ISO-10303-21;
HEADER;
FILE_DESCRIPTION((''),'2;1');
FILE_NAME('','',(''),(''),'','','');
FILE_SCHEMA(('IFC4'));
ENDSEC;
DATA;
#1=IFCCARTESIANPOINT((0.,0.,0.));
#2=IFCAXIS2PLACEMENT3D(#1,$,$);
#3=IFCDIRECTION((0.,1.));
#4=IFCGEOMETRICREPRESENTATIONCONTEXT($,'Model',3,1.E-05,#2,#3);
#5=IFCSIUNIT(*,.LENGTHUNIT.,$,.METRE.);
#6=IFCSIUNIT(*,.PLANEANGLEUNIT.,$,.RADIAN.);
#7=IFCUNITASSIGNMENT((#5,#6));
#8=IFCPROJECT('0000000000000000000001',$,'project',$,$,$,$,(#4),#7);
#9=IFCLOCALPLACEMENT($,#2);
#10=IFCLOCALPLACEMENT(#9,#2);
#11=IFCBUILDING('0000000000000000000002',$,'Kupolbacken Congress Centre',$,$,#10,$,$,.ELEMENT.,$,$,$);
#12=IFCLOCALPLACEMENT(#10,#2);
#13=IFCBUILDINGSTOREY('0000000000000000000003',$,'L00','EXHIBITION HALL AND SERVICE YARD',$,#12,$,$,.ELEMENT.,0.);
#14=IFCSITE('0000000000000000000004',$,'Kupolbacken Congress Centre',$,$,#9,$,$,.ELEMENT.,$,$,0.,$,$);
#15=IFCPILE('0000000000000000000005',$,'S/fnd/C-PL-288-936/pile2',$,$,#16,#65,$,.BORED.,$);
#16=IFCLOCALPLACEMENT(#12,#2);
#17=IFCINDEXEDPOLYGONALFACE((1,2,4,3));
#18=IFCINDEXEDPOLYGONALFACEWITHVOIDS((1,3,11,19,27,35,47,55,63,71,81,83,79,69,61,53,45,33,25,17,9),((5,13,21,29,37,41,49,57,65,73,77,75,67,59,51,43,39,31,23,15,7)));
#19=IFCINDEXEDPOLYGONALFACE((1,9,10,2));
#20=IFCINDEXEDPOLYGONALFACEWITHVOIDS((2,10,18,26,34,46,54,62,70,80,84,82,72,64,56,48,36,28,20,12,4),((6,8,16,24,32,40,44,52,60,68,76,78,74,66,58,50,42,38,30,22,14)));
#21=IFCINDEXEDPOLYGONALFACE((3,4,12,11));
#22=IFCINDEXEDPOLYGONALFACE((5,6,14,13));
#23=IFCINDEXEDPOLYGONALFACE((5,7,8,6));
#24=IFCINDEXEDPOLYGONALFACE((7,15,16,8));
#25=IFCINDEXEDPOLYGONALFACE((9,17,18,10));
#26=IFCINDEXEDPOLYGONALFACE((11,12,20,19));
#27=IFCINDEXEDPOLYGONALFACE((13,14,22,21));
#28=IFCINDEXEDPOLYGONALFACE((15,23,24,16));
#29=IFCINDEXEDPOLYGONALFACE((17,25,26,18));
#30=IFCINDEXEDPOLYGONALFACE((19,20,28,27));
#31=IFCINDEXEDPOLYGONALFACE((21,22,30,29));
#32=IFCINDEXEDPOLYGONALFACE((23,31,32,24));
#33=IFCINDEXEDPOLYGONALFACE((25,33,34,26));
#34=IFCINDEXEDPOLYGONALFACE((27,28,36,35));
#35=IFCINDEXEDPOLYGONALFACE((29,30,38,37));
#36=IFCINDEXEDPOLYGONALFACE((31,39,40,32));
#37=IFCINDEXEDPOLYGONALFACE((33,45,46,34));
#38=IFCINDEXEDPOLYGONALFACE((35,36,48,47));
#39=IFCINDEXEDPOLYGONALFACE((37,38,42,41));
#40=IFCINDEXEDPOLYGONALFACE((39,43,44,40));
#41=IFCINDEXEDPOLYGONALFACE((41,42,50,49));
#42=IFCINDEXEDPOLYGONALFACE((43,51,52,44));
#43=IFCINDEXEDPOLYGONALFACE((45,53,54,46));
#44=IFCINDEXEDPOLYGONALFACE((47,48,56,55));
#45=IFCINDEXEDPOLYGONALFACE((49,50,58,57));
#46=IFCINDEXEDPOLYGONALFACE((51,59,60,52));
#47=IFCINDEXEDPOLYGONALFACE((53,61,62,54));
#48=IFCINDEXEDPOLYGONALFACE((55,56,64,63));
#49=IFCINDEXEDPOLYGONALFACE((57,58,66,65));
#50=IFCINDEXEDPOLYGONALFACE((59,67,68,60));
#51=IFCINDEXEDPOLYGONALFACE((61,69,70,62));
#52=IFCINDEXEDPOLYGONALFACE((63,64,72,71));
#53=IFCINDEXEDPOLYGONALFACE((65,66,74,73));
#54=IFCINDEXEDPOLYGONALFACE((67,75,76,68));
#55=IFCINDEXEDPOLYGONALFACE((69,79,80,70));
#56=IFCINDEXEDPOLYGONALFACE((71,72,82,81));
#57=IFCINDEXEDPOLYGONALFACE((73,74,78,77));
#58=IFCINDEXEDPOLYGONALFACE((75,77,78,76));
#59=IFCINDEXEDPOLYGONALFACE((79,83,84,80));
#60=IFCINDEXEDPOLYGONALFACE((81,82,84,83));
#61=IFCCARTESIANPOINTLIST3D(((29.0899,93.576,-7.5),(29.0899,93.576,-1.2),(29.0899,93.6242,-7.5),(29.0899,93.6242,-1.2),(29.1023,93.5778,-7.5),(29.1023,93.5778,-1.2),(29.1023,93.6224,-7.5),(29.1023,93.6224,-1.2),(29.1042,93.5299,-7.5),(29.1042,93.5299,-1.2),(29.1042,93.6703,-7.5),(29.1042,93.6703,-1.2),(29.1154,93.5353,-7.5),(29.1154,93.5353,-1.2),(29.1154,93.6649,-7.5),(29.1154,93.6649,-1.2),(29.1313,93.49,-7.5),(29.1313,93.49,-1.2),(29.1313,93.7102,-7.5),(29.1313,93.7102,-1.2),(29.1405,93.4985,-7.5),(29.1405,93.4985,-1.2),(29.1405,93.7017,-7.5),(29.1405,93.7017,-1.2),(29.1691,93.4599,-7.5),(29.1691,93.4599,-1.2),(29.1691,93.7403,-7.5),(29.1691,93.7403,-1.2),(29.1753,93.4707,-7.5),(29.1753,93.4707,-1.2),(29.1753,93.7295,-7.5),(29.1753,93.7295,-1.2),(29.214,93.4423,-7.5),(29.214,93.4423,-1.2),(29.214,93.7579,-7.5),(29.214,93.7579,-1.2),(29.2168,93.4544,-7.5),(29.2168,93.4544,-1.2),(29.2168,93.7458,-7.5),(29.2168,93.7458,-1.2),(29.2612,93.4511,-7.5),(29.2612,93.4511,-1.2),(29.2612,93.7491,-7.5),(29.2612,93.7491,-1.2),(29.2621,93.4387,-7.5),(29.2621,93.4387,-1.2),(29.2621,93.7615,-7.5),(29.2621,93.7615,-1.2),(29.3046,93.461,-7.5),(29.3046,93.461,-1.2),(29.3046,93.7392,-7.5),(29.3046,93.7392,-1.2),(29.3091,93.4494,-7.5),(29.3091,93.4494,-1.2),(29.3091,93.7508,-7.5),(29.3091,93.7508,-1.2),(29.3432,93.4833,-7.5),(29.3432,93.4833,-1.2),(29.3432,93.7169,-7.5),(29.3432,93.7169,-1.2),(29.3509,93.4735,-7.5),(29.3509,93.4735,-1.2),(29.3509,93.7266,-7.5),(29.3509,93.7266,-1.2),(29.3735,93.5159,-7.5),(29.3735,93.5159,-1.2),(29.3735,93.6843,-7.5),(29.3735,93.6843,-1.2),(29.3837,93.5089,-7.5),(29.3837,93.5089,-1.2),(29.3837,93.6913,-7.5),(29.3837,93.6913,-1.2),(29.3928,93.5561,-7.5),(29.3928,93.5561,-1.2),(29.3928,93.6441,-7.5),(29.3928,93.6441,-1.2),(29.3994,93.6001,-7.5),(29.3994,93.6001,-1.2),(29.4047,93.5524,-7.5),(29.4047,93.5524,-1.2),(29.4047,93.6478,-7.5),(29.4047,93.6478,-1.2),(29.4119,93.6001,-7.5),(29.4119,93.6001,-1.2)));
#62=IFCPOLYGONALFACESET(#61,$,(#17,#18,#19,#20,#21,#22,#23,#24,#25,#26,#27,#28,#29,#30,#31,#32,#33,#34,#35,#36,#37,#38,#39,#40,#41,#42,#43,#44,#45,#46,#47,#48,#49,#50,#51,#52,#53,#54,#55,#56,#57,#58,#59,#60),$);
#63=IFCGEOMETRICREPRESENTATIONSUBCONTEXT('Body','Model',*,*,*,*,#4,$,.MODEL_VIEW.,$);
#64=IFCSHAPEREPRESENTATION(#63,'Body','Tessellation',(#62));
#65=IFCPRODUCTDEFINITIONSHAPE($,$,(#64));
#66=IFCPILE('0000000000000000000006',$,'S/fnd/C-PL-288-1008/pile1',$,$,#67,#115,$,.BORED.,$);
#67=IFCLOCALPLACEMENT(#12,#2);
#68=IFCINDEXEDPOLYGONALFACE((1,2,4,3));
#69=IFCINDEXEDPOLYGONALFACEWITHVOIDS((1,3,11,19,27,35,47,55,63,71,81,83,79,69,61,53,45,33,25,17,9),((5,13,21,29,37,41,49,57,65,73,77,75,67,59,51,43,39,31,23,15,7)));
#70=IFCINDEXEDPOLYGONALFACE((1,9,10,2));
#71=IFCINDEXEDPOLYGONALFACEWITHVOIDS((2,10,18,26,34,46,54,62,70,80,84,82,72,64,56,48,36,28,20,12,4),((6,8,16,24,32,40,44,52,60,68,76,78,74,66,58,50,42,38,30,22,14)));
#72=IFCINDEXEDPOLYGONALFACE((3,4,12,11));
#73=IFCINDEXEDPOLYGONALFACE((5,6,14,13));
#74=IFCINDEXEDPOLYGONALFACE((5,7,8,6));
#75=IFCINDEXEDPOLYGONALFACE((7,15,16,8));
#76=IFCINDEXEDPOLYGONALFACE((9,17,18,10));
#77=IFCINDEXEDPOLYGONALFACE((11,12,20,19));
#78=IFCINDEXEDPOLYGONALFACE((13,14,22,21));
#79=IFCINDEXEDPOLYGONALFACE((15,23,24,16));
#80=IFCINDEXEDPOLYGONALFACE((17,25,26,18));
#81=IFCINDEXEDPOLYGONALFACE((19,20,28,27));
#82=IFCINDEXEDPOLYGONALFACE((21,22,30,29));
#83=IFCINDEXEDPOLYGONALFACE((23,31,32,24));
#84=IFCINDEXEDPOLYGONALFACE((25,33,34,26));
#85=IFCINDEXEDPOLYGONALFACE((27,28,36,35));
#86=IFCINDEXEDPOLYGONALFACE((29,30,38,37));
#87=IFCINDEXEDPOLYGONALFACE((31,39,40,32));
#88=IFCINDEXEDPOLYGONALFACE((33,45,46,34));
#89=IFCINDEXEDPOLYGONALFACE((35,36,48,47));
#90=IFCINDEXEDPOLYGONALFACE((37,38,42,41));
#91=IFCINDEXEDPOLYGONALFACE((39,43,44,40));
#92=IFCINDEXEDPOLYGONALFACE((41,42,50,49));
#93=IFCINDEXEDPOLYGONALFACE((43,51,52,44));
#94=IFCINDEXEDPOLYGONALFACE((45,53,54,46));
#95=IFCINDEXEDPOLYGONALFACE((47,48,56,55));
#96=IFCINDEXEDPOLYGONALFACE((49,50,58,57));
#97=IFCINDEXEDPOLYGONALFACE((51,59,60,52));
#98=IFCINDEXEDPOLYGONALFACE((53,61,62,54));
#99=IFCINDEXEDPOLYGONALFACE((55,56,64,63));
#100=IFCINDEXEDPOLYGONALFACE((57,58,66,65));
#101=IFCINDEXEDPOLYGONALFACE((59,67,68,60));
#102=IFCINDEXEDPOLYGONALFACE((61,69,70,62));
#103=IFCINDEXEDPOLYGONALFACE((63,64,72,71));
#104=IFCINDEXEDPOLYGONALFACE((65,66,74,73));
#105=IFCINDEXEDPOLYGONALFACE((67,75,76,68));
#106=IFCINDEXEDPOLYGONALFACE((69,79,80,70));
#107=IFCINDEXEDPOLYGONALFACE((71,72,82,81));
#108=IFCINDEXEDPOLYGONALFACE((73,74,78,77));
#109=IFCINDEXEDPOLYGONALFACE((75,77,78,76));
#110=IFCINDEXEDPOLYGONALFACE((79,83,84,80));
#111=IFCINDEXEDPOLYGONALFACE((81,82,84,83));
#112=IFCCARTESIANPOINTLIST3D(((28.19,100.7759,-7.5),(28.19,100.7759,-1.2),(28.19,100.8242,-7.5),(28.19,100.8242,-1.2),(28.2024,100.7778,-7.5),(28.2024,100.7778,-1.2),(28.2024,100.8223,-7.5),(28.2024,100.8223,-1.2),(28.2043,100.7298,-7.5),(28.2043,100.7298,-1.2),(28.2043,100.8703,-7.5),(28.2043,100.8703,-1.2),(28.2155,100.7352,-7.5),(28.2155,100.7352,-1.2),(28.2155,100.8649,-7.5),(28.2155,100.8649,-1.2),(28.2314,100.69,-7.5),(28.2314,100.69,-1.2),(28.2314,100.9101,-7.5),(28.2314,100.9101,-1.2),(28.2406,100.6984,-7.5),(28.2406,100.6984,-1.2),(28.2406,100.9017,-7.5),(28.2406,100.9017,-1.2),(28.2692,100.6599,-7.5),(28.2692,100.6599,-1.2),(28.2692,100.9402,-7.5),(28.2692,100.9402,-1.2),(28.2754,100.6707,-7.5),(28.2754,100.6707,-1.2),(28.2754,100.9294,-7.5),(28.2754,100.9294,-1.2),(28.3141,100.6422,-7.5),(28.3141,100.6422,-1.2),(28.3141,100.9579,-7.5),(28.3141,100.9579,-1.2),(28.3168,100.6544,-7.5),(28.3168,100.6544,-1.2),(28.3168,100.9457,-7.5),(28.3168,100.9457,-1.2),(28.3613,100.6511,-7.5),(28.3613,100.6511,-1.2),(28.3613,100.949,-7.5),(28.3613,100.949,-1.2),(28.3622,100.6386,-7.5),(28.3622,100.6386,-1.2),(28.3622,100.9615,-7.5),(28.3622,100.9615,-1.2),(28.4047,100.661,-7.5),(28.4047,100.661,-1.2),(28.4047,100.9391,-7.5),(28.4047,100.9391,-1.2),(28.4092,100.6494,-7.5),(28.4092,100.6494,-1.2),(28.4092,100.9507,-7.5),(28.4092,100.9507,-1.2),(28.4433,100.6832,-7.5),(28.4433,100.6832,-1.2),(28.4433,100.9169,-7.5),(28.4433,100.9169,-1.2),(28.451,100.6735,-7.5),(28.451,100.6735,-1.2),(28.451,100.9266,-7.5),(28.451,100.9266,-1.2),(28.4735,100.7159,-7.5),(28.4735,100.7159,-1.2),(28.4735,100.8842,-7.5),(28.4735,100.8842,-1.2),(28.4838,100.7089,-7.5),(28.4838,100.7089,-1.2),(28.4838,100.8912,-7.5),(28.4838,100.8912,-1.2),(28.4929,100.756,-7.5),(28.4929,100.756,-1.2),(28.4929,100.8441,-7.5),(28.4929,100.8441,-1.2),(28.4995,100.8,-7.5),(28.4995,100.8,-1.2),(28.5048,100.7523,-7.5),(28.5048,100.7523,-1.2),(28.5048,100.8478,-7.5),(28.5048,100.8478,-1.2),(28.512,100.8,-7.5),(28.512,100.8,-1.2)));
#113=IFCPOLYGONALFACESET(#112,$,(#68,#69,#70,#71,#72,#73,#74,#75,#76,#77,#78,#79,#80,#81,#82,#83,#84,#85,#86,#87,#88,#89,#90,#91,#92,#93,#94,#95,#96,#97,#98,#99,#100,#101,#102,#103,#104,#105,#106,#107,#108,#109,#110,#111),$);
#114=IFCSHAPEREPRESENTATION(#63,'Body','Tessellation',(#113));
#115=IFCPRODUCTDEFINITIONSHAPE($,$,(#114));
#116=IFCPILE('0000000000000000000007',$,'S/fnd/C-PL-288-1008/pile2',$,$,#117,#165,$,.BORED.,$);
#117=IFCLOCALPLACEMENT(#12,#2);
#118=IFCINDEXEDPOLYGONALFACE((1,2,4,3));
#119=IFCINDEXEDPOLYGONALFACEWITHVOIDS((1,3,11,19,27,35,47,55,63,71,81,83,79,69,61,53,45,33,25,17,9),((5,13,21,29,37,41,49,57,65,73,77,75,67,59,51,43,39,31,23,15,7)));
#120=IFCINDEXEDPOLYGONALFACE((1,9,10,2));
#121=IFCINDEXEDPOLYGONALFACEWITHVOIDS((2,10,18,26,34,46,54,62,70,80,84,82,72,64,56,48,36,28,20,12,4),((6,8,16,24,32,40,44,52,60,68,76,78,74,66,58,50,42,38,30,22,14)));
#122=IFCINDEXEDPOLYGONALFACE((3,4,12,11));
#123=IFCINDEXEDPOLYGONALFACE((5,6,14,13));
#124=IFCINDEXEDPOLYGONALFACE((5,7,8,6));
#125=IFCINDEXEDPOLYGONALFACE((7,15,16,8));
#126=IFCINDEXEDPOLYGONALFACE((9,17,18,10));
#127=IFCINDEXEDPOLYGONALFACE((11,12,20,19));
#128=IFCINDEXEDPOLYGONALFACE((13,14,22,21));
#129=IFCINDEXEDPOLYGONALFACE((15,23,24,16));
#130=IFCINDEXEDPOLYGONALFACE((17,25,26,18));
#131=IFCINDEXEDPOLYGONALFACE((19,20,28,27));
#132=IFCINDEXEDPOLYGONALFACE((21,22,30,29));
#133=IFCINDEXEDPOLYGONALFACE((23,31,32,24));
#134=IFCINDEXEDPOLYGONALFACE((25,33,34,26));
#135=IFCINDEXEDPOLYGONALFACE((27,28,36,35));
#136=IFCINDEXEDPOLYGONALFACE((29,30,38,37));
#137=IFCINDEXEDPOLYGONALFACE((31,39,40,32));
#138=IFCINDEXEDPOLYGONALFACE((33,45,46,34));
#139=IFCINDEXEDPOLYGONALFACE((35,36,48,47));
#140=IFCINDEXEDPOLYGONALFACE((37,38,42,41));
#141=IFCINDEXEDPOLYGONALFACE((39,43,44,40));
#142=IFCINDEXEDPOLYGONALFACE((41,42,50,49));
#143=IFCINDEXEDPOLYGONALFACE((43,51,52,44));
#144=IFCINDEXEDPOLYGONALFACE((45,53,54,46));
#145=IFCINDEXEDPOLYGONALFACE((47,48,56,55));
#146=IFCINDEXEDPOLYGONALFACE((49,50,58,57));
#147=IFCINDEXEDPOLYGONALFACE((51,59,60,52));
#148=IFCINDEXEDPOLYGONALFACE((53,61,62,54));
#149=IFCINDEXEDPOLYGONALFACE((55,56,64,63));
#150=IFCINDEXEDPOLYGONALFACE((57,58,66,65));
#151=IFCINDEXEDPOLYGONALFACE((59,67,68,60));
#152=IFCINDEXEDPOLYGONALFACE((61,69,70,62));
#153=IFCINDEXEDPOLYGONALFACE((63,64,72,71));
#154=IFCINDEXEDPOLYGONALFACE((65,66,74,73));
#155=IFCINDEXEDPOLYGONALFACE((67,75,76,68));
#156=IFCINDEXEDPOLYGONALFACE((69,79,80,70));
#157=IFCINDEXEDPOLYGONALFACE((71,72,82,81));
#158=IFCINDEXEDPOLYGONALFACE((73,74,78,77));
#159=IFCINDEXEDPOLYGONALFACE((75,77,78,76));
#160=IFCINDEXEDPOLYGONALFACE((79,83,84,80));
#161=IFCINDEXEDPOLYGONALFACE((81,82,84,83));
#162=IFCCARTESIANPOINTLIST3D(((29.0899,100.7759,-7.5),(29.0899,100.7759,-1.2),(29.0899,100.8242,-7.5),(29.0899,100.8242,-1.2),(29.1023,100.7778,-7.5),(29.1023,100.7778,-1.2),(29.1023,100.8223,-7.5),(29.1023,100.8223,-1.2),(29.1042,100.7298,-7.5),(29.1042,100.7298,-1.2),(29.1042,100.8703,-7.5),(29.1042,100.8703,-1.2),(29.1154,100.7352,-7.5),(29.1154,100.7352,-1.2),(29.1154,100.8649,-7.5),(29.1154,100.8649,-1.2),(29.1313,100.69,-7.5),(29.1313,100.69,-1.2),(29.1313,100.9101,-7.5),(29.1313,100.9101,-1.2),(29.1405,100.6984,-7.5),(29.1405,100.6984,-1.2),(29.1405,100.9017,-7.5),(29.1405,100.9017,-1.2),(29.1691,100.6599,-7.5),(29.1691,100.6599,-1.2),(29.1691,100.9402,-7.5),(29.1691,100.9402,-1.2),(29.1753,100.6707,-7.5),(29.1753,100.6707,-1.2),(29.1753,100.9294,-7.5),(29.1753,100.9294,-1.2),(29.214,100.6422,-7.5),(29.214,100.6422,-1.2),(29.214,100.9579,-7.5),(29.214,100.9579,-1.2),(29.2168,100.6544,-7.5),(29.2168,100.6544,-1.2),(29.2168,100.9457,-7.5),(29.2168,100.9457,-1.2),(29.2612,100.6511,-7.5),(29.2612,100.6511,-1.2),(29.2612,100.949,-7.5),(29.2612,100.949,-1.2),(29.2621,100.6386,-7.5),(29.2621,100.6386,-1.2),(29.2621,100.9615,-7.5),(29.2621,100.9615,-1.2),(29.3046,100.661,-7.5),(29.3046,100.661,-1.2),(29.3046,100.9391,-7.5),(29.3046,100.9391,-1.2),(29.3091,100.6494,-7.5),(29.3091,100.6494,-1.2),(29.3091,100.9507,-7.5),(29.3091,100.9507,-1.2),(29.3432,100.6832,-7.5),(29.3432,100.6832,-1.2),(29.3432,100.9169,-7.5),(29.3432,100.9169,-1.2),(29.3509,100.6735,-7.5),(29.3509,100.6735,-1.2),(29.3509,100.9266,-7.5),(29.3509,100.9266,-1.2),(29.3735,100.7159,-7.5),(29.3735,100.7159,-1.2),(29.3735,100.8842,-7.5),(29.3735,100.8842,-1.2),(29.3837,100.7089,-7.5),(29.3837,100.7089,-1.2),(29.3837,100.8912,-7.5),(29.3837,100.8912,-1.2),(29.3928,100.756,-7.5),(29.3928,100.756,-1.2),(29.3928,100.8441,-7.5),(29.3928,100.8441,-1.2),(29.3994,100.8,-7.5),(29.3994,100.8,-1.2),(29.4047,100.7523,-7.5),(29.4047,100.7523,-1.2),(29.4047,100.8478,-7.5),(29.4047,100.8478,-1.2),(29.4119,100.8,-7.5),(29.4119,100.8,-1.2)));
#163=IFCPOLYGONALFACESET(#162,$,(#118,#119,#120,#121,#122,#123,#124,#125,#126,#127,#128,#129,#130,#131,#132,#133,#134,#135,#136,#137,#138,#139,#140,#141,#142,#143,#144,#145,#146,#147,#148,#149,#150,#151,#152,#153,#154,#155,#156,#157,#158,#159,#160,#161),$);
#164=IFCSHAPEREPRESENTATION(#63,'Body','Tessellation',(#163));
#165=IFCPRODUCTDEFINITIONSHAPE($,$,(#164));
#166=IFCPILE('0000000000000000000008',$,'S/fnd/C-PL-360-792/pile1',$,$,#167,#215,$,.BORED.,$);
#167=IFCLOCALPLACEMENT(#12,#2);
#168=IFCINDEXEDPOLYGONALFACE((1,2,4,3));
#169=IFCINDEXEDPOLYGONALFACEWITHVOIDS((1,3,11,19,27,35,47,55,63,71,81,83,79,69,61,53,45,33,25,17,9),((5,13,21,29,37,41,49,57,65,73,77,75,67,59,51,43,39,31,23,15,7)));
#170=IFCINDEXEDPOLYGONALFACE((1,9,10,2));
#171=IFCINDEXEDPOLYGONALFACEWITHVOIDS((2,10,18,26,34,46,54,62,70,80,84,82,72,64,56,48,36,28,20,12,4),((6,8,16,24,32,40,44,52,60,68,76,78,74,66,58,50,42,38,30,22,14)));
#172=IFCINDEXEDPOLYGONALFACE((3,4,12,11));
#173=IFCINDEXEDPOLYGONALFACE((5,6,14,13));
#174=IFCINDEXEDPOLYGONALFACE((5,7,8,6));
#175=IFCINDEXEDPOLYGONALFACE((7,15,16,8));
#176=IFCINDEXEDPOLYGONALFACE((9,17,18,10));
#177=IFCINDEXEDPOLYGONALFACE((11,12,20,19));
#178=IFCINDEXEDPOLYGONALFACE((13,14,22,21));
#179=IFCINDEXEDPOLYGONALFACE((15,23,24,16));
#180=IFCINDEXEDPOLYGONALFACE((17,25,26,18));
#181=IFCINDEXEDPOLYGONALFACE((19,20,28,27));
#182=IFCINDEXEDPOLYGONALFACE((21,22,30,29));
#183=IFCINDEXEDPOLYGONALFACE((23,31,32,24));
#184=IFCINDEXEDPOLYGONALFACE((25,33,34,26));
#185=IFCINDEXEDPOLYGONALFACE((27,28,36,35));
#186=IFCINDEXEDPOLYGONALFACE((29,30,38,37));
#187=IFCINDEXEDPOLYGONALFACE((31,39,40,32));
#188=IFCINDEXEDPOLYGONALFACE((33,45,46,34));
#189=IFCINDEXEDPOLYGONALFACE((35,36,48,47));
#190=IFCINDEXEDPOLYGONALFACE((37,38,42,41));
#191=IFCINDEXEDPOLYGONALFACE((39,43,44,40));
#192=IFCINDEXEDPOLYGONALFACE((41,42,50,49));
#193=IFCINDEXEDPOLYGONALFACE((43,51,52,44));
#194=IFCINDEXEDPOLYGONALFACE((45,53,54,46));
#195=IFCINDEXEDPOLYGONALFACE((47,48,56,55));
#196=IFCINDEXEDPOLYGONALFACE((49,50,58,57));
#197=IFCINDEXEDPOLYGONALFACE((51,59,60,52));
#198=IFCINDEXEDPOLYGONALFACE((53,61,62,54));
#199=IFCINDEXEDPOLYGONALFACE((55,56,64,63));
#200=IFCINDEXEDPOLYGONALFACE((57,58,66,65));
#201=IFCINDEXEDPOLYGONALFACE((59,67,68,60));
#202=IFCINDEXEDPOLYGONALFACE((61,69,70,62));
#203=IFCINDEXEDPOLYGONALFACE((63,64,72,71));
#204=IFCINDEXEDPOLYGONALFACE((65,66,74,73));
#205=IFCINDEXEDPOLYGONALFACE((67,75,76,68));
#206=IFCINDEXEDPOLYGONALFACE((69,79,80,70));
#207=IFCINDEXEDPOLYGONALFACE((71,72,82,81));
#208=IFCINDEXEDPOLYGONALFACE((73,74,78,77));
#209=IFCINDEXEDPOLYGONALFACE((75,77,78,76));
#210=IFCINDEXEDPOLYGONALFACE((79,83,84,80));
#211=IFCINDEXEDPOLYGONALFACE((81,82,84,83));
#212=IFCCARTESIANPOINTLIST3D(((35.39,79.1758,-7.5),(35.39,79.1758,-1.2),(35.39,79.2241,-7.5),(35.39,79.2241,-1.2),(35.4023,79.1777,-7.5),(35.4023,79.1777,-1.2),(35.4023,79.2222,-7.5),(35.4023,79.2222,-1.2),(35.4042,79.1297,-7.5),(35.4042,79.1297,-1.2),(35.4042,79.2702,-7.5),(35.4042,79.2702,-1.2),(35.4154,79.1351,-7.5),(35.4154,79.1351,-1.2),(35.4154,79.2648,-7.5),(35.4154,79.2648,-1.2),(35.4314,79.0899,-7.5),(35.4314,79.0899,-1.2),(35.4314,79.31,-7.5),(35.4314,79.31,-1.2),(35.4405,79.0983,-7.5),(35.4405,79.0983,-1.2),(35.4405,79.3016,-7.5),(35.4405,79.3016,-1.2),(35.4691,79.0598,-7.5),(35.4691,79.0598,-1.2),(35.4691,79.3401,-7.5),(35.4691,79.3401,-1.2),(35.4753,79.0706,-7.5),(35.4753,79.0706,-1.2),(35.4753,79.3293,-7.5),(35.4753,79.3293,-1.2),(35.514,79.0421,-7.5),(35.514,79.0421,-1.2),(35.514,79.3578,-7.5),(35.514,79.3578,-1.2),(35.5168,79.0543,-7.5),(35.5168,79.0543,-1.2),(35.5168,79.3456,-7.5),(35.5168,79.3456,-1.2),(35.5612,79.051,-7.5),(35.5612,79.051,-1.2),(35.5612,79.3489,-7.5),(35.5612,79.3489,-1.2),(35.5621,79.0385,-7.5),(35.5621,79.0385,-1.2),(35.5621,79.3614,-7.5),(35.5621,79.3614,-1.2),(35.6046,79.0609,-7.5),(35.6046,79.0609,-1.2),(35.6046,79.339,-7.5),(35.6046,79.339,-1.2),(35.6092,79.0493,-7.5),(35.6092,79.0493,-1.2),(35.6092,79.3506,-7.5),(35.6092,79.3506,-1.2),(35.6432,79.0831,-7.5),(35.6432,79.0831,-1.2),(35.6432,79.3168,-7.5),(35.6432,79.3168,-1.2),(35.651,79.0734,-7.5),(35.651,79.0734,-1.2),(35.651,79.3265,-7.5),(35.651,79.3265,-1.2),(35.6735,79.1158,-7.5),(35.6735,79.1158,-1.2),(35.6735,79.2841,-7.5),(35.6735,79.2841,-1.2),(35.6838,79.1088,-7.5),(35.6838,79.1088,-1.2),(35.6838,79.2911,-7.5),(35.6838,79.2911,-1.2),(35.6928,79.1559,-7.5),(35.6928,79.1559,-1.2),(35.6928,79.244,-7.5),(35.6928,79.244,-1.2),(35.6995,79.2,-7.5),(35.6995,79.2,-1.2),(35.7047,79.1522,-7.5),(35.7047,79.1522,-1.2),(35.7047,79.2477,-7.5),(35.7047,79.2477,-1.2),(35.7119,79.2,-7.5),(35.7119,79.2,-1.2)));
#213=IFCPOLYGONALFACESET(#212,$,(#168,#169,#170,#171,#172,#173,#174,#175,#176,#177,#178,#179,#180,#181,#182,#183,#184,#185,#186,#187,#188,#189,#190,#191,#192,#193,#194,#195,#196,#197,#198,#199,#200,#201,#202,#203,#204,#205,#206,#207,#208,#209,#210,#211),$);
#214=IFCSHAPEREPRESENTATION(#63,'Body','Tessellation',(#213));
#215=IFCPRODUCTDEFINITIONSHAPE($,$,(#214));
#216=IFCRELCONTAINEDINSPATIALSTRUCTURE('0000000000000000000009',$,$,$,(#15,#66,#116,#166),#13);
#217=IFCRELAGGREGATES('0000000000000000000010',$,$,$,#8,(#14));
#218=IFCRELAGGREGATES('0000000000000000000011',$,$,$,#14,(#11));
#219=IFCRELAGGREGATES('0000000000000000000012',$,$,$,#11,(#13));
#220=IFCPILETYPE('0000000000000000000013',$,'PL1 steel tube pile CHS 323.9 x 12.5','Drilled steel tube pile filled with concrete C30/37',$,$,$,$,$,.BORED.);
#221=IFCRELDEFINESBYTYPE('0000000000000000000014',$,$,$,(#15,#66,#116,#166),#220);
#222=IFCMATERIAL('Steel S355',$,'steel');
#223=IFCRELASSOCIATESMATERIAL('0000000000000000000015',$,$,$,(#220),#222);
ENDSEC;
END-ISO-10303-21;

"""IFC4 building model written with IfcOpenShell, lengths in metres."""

from ifc_helpers import new_model, si_unit, direction, frame, origin, origin_2d, place, context, subcontext, project, spatial, hollow_circle, extrude, material, material_profile, profile_set, type_object, element, save


model = new_model("IFC4")

# Units and contexts
model_context = context("Model", 3, precision=1e-05, world=origin(), true_north=direction((0.0, 1.0)))
body_context = subcontext(model_context, "Body", "Model", "MODEL_VIEW")
ifc_project = project(units=[si_unit("LENGTHUNIT", "METRE"), si_unit("PLANEANGLEUNIT", "RADIAN")], contexts=[model_context])

# Site, building, storey
site_placement = place(None, origin())
site = spatial("IfcSite", under=ifc_project, at=site_placement, Name="Kupolbacken Congress Centre", CompositionType="ELEMENT", RefElevation=0.0)
building_placement = place(site_placement, origin())
building = spatial("IfcBuilding", under=site, at=building_placement, Name="Kupolbacken Congress Centre", CompositionType="ELEMENT")
storey_placement = place(building_placement, origin())
storey = spatial("IfcBuildingStorey", under=building, at=storey_placement, Name="L00", Description="EXHIBITION HALL AND SERVICE YARD", CompositionType="ELEMENT", Elevation=0.0)

# Piles
ifc_material_1 = material(Name="Steel S355", Category="steel")
ifc_material_profile_1 = material_profile(ifc_material_1, hollow_circle(Radius=0.1619, WallThickness=0.0125, at=origin_2d()), Name="CHS 323.9 x 12.5")
ifc_profile_set_1 = profile_set([ifc_material_profile_1], Name="Steel S355")
pile_type = type_object("IfcPileType", Name="PL1 steel tube pile CHS 323.9 x 12.5", Description="Drilled steel tube pile filled with concrete C30/37", PredefinedType="BORED", material=ifc_profile_set_1)
for number, where, z_axis, x_axis, name in (
    (1, (29.25, 93.6001, -1.2), (0.0, 0.0, -1.0), (1.0, 0.0, 0.0), "S/fnd/C-PL-288-936/pile2"),
    (2, (28.3501, 100.8, -1.2), (0.0, 0.0, -1.0), (1.0, 0.0, 0.0), "S/fnd/C-PL-288-1008/pile1"),
    (3, (29.25, 100.8, -1.2), (0.0, 0.0, -1.0), (1.0, 0.0, 0.0), "S/fnd/C-PL-288-1008/pile2"),
    (4, (35.55, 79.2, -1.2), (0.0, 0.0, -1.0), (1.0, 0.0, 0.0), "S/fnd/C-PL-360-792/pile1"),
):
    element("IfcPile", number, at=place(storey_placement, frame(where, z_axis=z_axis, x_axis=x_axis)), inside=storey, type_object=pile_type, Name=name, PredefinedType="BORED", context=body_context, shape_type="SweptSolid", body=[
        extrude(hollow_circle(Radius=0.1619, WallThickness=0.0125, at=origin_2d()), origin(), (0.0, 0.0, 1.0), 6.3),
    ])

save(model, "model.ifc")
